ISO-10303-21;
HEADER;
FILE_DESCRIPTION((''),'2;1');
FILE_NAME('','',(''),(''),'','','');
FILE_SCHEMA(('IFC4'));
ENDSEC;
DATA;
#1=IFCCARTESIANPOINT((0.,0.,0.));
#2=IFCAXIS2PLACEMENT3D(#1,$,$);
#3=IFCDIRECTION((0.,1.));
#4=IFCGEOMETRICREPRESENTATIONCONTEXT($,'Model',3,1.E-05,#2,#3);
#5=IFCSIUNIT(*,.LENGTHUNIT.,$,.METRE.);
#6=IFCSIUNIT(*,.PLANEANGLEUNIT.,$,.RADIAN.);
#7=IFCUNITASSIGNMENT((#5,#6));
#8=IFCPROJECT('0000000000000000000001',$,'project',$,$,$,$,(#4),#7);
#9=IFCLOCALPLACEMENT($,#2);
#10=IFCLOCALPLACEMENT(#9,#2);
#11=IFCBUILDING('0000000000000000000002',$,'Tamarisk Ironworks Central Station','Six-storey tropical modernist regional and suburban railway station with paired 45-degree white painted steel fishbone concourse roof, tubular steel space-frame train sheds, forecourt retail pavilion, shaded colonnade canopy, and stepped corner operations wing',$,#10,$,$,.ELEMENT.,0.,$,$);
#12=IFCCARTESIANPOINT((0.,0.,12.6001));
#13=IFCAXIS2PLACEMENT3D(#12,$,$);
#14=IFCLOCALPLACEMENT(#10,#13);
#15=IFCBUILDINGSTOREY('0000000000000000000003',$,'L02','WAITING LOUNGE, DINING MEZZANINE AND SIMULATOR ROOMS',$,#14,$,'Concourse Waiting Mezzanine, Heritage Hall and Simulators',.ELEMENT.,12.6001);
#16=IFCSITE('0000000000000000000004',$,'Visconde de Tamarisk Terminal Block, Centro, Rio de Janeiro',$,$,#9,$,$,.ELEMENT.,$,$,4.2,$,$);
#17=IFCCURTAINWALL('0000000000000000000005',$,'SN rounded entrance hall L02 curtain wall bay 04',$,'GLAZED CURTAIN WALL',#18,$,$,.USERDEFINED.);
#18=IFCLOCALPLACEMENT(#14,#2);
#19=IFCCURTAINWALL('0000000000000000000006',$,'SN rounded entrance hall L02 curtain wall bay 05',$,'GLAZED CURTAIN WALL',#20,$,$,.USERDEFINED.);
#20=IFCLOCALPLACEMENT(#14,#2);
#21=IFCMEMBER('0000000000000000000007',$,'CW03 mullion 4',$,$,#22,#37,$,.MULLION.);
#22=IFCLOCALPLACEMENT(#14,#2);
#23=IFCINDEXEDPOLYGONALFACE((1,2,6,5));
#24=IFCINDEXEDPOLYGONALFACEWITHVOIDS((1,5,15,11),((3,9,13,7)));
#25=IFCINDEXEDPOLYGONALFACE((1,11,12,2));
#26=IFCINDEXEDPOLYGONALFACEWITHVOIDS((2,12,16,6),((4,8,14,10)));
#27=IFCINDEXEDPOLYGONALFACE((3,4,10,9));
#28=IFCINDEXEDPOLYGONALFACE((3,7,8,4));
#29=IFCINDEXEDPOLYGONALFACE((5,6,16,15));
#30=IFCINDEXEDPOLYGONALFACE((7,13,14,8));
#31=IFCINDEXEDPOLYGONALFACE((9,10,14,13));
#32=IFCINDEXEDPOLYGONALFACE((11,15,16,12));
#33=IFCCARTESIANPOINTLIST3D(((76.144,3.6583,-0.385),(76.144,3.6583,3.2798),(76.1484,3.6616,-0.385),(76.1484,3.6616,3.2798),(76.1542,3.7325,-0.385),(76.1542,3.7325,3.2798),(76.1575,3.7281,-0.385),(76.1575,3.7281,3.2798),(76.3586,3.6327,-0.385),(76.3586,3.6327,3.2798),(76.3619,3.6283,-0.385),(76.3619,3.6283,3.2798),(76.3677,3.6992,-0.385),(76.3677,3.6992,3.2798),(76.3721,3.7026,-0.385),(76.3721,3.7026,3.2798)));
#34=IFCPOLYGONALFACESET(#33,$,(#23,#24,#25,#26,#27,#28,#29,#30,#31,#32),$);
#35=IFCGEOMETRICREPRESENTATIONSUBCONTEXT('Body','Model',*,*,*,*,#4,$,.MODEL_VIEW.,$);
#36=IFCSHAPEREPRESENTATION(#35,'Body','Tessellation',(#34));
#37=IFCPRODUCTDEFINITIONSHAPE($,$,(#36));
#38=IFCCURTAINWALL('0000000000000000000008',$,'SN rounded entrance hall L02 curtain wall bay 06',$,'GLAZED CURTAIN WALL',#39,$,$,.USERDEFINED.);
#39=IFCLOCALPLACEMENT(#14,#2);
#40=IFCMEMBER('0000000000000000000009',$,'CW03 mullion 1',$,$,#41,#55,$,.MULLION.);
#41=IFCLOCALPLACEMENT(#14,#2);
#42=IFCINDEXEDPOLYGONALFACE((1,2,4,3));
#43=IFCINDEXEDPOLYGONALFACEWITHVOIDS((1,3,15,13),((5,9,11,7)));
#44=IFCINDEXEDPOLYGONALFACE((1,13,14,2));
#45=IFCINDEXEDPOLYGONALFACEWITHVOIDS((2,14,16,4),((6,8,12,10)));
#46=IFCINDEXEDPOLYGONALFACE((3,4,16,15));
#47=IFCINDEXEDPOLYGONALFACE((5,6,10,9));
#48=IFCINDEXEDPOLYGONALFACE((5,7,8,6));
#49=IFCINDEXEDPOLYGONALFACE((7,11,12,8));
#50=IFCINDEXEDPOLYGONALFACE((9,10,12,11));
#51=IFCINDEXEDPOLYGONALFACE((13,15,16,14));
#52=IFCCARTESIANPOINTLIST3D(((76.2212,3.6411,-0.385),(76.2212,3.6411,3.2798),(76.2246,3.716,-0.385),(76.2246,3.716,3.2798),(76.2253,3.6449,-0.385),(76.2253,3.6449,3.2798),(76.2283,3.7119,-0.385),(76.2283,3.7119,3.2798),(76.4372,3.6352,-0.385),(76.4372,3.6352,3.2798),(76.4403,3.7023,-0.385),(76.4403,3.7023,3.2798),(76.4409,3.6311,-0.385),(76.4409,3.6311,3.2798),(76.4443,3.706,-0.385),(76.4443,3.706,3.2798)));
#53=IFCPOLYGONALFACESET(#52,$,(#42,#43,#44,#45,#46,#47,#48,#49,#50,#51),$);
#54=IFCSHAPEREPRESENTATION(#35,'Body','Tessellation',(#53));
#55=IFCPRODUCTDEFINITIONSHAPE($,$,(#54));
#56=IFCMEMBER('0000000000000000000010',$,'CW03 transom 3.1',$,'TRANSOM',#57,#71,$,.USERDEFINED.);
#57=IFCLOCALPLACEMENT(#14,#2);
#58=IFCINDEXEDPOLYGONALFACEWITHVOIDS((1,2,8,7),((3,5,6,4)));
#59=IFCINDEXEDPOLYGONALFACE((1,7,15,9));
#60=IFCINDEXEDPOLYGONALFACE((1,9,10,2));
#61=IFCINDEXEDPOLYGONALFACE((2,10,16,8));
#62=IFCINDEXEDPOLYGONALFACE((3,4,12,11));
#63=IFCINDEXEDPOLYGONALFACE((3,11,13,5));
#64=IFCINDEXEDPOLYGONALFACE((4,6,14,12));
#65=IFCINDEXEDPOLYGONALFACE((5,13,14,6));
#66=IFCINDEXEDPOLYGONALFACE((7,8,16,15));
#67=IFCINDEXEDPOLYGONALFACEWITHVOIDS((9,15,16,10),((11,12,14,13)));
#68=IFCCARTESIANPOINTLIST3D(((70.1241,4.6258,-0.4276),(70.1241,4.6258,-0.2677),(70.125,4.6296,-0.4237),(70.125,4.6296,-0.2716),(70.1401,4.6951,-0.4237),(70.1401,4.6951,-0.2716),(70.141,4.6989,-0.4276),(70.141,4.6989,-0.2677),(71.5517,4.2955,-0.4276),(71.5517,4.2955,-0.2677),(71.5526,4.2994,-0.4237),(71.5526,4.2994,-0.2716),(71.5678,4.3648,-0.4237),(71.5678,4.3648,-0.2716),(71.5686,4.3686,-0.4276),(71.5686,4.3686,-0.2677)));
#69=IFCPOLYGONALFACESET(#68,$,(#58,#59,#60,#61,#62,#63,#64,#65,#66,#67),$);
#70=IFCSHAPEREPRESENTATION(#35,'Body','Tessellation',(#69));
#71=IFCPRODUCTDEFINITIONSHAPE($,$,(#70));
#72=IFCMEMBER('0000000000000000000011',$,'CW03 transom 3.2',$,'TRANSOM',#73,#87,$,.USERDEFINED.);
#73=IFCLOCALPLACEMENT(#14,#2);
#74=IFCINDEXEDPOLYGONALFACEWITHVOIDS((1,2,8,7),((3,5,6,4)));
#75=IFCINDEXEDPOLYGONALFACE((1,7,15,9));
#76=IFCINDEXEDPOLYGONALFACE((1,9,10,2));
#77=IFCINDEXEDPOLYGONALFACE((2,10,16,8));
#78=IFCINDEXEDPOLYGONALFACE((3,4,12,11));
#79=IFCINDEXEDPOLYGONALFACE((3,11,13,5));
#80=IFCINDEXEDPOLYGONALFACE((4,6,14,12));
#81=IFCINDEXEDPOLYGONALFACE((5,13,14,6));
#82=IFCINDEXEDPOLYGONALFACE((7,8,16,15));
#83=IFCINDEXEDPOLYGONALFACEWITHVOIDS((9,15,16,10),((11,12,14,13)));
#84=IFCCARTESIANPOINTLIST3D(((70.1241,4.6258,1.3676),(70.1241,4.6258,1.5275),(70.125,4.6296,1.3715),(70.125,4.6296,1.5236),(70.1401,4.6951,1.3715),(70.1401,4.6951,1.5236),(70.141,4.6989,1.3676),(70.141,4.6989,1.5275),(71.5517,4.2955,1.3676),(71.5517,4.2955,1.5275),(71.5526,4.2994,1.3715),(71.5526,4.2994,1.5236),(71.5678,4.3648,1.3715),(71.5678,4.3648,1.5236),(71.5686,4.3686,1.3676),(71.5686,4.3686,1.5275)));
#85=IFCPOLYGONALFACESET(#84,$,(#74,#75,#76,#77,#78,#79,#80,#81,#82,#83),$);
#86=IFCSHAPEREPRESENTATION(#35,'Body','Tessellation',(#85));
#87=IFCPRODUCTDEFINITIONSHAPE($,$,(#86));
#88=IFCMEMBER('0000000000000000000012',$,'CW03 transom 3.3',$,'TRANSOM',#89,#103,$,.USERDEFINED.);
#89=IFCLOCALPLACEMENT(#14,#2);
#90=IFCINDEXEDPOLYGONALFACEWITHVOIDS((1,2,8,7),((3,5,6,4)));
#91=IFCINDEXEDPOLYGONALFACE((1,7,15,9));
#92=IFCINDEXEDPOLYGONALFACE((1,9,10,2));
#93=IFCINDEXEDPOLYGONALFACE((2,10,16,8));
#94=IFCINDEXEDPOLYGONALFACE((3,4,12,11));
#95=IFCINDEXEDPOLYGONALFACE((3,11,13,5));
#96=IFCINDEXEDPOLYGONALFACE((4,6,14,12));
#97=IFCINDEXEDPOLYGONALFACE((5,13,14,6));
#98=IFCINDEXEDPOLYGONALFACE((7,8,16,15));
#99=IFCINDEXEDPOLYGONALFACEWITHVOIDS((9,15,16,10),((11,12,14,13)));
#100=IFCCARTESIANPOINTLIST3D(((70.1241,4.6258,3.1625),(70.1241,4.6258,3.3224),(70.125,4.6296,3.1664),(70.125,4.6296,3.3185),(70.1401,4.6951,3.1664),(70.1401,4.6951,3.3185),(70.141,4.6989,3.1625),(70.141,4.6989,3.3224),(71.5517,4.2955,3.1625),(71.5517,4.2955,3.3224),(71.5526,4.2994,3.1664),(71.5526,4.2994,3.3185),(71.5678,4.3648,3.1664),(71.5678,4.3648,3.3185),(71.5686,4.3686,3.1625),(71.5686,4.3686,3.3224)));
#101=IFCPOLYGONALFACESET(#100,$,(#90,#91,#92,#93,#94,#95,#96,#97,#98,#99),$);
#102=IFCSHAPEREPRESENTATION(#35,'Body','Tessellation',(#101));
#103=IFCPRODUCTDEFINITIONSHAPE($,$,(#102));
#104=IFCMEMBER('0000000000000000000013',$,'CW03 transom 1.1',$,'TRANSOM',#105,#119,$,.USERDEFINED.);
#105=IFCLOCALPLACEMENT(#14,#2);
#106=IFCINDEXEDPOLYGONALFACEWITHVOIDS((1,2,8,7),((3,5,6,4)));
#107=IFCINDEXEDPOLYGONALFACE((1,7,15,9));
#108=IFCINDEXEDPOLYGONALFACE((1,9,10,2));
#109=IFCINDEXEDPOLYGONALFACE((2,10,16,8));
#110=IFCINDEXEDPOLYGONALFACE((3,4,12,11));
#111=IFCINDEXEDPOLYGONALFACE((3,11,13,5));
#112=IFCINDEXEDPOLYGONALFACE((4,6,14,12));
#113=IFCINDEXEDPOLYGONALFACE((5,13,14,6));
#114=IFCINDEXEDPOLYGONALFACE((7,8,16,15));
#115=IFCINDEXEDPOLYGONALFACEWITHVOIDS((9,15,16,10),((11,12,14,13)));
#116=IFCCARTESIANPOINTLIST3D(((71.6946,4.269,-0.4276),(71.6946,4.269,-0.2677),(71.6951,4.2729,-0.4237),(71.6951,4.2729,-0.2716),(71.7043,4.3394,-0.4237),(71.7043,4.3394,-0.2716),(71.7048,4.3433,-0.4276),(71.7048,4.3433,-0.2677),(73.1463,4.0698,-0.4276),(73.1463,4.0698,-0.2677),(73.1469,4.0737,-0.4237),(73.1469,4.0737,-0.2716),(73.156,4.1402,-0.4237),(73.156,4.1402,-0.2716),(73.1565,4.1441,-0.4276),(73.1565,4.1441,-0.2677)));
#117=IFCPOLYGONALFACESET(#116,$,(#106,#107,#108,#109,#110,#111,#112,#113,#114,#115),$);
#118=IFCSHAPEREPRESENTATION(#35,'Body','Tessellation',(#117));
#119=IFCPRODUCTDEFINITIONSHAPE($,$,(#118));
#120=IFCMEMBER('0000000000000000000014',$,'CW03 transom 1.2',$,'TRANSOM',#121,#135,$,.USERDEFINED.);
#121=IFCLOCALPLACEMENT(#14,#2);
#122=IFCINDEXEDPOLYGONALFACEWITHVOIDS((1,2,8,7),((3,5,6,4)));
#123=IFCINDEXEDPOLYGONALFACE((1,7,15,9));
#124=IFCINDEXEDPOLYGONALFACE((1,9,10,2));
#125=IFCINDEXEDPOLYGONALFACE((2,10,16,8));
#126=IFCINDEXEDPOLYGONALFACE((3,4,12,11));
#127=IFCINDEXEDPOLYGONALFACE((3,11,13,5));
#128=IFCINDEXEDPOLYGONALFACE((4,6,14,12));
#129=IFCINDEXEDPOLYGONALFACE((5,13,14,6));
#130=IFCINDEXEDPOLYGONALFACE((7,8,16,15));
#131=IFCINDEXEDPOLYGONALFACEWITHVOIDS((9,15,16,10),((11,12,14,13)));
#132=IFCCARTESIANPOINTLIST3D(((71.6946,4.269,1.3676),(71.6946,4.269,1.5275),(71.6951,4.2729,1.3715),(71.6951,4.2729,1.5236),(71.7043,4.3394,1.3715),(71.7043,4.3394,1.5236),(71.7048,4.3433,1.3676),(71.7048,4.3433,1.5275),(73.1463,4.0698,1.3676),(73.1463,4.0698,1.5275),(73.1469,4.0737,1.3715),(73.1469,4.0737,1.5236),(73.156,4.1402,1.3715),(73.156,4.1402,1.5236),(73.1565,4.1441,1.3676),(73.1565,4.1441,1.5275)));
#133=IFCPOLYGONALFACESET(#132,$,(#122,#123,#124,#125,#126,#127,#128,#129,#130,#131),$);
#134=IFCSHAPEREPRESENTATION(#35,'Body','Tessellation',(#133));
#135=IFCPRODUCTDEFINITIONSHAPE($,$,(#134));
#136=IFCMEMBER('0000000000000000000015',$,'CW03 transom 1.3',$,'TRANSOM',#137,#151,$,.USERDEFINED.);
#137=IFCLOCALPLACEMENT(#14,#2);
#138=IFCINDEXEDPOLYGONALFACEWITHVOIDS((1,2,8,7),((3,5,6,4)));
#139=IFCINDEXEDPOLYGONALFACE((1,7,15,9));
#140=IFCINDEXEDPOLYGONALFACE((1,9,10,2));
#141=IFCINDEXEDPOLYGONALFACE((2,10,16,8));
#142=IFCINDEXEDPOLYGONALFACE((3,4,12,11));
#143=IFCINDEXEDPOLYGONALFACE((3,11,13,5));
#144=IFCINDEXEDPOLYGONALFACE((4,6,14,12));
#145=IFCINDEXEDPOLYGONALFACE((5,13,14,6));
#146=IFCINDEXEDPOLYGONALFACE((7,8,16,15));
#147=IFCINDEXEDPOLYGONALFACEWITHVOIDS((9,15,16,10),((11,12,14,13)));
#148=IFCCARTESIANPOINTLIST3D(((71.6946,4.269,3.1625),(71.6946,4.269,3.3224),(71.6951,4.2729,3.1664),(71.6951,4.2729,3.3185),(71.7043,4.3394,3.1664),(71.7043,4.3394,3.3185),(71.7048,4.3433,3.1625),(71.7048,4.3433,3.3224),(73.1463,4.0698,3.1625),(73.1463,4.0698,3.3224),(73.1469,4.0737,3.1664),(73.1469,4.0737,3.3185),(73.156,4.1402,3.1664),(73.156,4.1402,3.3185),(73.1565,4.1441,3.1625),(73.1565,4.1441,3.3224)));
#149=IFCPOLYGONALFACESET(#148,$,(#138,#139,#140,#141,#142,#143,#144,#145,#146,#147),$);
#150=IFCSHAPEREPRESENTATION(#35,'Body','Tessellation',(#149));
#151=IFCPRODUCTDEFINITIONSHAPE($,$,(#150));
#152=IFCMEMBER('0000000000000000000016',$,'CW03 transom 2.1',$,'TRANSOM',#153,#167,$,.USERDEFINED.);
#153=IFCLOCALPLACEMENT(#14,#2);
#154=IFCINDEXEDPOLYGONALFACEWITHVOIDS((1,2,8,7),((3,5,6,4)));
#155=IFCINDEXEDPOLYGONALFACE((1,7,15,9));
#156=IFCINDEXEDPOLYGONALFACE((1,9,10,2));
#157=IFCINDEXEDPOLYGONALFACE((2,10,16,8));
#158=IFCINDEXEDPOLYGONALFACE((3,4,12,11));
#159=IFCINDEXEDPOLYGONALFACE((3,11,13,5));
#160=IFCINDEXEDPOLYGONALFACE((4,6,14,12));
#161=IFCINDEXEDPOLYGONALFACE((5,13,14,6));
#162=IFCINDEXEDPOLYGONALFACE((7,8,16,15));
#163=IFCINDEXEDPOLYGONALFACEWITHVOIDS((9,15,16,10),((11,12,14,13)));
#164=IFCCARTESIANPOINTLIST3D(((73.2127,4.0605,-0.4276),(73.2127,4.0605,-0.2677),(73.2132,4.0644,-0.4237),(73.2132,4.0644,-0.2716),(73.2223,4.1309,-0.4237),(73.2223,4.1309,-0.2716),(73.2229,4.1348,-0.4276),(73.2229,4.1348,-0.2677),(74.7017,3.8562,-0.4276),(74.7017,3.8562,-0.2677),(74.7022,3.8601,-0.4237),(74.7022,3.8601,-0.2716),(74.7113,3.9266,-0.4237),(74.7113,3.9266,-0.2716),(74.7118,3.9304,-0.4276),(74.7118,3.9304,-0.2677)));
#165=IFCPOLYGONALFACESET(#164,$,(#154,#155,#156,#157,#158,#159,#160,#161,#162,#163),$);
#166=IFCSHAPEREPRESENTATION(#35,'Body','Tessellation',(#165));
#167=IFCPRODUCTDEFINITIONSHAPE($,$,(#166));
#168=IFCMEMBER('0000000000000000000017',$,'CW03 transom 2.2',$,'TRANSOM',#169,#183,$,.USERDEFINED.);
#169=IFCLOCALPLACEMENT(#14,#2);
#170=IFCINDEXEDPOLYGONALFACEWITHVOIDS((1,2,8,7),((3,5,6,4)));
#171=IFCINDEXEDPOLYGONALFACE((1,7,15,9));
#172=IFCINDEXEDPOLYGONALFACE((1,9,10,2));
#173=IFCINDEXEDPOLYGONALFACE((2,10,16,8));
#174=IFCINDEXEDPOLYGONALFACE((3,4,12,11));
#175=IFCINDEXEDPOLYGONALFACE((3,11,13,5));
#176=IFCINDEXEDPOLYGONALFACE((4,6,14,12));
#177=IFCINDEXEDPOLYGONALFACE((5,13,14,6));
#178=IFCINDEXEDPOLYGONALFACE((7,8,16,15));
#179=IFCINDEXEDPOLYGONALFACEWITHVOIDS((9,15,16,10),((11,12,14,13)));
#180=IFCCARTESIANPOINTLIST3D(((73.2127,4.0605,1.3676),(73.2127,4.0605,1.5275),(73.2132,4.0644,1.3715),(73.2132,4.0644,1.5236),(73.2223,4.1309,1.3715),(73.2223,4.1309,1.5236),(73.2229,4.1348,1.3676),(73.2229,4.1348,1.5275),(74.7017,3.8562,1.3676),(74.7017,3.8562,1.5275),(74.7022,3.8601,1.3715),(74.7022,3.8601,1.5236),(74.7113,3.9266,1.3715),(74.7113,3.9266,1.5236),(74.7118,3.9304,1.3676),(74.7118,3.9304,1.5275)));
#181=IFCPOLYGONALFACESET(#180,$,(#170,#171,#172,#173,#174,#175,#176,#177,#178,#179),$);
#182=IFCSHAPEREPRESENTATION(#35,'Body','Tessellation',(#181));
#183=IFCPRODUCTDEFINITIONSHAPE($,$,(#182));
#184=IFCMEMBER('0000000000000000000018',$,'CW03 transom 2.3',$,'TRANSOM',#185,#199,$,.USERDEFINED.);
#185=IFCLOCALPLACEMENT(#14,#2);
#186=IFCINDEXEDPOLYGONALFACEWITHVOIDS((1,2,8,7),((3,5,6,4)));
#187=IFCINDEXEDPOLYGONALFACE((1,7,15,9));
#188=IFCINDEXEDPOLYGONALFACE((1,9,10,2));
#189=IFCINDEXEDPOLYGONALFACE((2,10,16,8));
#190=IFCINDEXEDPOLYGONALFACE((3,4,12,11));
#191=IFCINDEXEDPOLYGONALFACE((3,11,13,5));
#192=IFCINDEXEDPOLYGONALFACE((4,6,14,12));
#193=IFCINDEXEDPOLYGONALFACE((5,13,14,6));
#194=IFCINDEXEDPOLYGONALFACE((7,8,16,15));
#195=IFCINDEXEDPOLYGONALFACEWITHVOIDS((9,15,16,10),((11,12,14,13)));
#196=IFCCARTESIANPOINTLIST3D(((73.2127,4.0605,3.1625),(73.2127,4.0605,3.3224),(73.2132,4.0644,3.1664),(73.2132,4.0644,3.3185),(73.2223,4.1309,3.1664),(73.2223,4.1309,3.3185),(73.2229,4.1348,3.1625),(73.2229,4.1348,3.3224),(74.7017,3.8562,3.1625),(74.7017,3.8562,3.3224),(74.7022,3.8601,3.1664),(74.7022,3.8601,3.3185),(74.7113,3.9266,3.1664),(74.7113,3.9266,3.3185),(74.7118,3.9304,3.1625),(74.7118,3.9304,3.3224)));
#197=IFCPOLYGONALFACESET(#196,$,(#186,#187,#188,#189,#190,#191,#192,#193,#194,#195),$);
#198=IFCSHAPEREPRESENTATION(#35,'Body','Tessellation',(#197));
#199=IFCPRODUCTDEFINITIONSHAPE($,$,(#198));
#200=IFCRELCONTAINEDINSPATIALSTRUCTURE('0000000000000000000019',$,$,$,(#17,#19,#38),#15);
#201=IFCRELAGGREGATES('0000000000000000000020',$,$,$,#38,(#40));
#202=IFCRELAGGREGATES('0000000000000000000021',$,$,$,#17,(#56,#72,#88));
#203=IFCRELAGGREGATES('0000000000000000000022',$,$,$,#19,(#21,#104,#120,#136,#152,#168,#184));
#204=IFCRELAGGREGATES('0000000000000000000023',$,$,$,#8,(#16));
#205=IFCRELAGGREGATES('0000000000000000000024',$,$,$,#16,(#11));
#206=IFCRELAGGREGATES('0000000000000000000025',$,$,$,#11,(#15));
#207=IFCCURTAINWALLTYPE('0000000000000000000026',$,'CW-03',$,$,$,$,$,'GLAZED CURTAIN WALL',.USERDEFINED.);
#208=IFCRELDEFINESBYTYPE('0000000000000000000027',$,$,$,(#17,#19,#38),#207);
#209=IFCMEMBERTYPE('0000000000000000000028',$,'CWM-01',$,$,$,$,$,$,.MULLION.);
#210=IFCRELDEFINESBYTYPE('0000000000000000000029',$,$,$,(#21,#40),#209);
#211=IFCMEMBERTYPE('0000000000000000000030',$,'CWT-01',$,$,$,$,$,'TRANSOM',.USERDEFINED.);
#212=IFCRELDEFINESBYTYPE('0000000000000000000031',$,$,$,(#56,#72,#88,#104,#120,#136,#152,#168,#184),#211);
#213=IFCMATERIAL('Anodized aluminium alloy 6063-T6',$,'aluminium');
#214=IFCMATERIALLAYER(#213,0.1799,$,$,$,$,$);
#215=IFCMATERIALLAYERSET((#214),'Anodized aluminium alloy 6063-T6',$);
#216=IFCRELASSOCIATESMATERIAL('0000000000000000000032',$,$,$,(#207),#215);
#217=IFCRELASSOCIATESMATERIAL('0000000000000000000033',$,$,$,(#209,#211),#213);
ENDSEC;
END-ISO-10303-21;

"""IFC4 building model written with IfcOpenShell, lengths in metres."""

from ifc_helpers import new_model, si_unit, direction, frame, origin, origin_2d, place, context, subcontext, project, spatial, hollow_rectangle, extrude, material, layer, layer_set, material_profile, profile_set, type_object, element, aggregate, save


model = new_model("IFC4")

# Units and contexts
model_context = context("Model", 3, precision=1e-05, world=origin(), true_north=direction((0.0, 1.0)))
body_context = subcontext(model_context, "Body", "Model", "MODEL_VIEW")
ifc_project = project(units=[si_unit("LENGTHUNIT", "METRE"), si_unit("PLANEANGLEUNIT", "RADIAN")], contexts=[model_context])

# Site, building, storey
site_placement = place(None, origin())
site = spatial("IfcSite", under=ifc_project, at=site_placement, Name="Visconde de Tamarisk Terminal Block, Centro, Rio de Janeiro", CompositionType="ELEMENT", RefElevation=4.2)
building_placement = place(site_placement, origin())
building = spatial("IfcBuilding", under=site, at=building_placement, Name="Tamarisk Ironworks Central Station", Description="Six-storey tropical modernist regional and suburban railway station with paired 45-degree white painted steel fishbone concourse roof, tubular steel space-frame train sheds, forecourt retail pavilion, shaded colonnade canopy, and stepped corner operations wing", CompositionType="ELEMENT", ElevationOfRefHeight=0.0)
storey_placement = place(building_placement, frame((0.0, 0.0, 12.6001)))
storey = spatial("IfcBuildingStorey", under=building, at=storey_placement, Name="L02", Description="WAITING LOUNGE, DINING MEZZANINE AND SIMULATOR ROOMS", LongName="Concourse Waiting Mezzanine, Heritage Hall and Simulators", CompositionType="ELEMENT", Elevation=12.6001)

# Curtain walls, member
ifc_material_1 = material(Name="Anodized aluminium alloy 6063-T6", Category="aluminium")
ifc_layer_1 = layer(ifc_material_1, 0.1799)
ifc_layer_set_1 = layer_set([ifc_layer_1], Name="Anodized aluminium alloy 6063-T6")
curtain_wall_type = type_object("IfcCurtainWallType", Name="CW-03", ElementType="GLAZED CURTAIN WALL", PredefinedType="USERDEFINED", material=ifc_layer_set_1)
curtain_wall_1_placement = place(storey_placement, origin())
curtain_wall_1 = element("IfcCurtainWall", 1, at=curtain_wall_1_placement, inside=storey, type_object=curtain_wall_type, Name="SN rounded entrance hall L02 curtain wall bay 04", ObjectType="GLAZED CURTAIN WALL", PredefinedType="USERDEFINED")
ifc_material_profile_1 = material_profile(ifc_material_1, hollow_rectangle(XDim=0.075, YDim=0.22, WallThickness=0.0039, at=origin_2d()), Name="ALUM 220x75")
ifc_profile_set_1 = profile_set([ifc_material_profile_1], Name="Anodized aluminium alloy 6063-T6")
member_type_1 = type_object("IfcMemberType", Name="CWM-01", PredefinedType="MULLION", material=ifc_profile_set_1)
curtain_wall_2_placement = place(storey_placement, origin())
curtain_wall_2 = element("IfcCurtainWall", 2, at=curtain_wall_2_placement, inside=storey, type_object=curtain_wall_type, Name="SN rounded entrance hall L02 curtain wall bay 05", ObjectType="GLAZED CURTAIN WALL", PredefinedType="USERDEFINED")
member_1_placement = place(storey_placement, frame((76.2581, 3.6804, -0.385), z_axis=(0.0, 0.0, 1.0), x_axis=(0.136042, 0.990703, 0.0)))
member_1 = element("IfcMember", 3, at=member_1_placement, type_object=member_type_1, Name="CW03 mullion 4", PredefinedType="MULLION", context=body_context, shape_type="SweptSolid", body=[
    extrude(hollow_rectangle(XDim=0.075, YDim=0.22, WallThickness=0.0039, at=origin_2d()), origin(), (0.0, 0.0, 1.0), 3.6648),
])

# Curtain wall, member
curtain_wall_3_placement = place(storey_placement, origin())
curtain_wall_3 = element("IfcCurtainWall", 4, at=curtain_wall_3_placement, inside=storey, type_object=curtain_wall_type, Name="SN rounded entrance hall L02 curtain wall bay 06", ObjectType="GLAZED CURTAIN WALL", PredefinedType="USERDEFINED")
member_2_placement = place(storey_placement, frame((76.3328, 3.6736, -0.385), z_axis=(0.0, 0.0, 1.0), x_axis=(0.045481, 0.998965, 0.0)))
member_2 = element("IfcMember", 5, at=member_2_placement, type_object=member_type_1, Name="CW03 mullion 1", PredefinedType="MULLION", context=body_context, shape_type="SweptSolid", body=[
    extrude(hollow_rectangle(XDim=0.075, YDim=0.22, WallThickness=0.0039, at=origin_2d()), origin(), (0.0, 0.0, 1.0), 3.6648),
])
aggregate(curtain_wall_3, [member_2])

# Members
ifc_material_profile_2 = material_profile(ifc_material_1, hollow_rectangle(XDim=0.075, YDim=0.1599, WallThickness=0.0039, at=origin_2d()), Name="ALUM 160x75")
ifc_profile_set_2 = profile_set([ifc_material_profile_2], Name="Anodized aluminium alloy 6063-T6")
member_type_2 = type_object("IfcMemberType", Name="CWT-01", ElementType="TRANSOM", PredefinedType="USERDEFINED", material=ifc_profile_set_2)
member_3_placement = place(storey_placement, frame((70.1326, 4.6624, -0.3477), z_axis=(0.974265, -0.225407, 0.0), x_axis=(0.225407, 0.974265, 0.0)))
member_3 = element("IfcMember", 6, at=member_3_placement, type_object=member_type_2, Name="CW03 transom 3.1", ObjectType="TRANSOM", PredefinedType="USERDEFINED", context=body_context, shape_type="SweptSolid", body=[
    extrude(hollow_rectangle(XDim=0.075, YDim=0.1599, WallThickness=0.0039, at=origin_2d()), origin(), (0.0, 0.0, 1.0), 1.4653),
])
member_4_placement = place(storey_placement, frame((70.1326, 4.6624, 1.4475), z_axis=(0.974265, -0.225407, 0.0), x_axis=(0.225407, 0.974265, 0.0)))
member_4 = element("IfcMember", 7, at=member_4_placement, type_object=member_type_2, Name="CW03 transom 3.2", ObjectType="TRANSOM", PredefinedType="USERDEFINED", context=body_context, shape_type="SweptSolid", body=[
    extrude(hollow_rectangle(XDim=0.075, YDim=0.1599, WallThickness=0.0039, at=origin_2d()), origin(), (0.0, 0.0, 1.0), 1.4653),
])
member_5_placement = place(storey_placement, frame((70.1326, 4.6624, 3.2424), z_axis=(0.974265, -0.225407, 0.0), x_axis=(0.225407, 0.974265, 0.0)))
member_5 = element("IfcMember", 8, at=member_5_placement, type_object=member_type_2, Name="CW03 transom 3.3", ObjectType="TRANSOM", PredefinedType="USERDEFINED", context=body_context, shape_type="SweptSolid", body=[
    extrude(hollow_rectangle(XDim=0.075, YDim=0.1599, WallThickness=0.0039, at=origin_2d()), origin(), (0.0, 0.0, 1.0), 1.4653),
])
member_6_placement = place(storey_placement, frame((71.6997, 4.3062, -0.3477), z_axis=(0.990714, -0.135961, 0.0), x_axis=(0.135961, 0.990714, 0.0)))
member_6 = element("IfcMember", 9, at=member_6_placement, type_object=member_type_2, Name="CW03 transom 1.1", ObjectType="TRANSOM", PredefinedType="USERDEFINED", context=body_context, shape_type="SweptSolid", body=[
    extrude(hollow_rectangle(XDim=0.075, YDim=0.1599, WallThickness=0.0039, at=origin_2d()), origin(), (0.0, 0.0, 1.0), 1.4653),
])
member_7_placement = place(storey_placement, frame((71.6997, 4.3062, 1.4475), z_axis=(0.990714, -0.135961, 0.0), x_axis=(0.135961, 0.990714, 0.0)))
member_7 = element("IfcMember", 10, at=member_7_placement, type_object=member_type_2, Name="CW03 transom 1.2", ObjectType="TRANSOM", PredefinedType="USERDEFINED", context=body_context, shape_type="SweptSolid", body=[
    extrude(hollow_rectangle(XDim=0.075, YDim=0.1599, WallThickness=0.0039, at=origin_2d()), origin(), (0.0, 0.0, 1.0), 1.4653),
])
member_8_placement = place(storey_placement, frame((71.6997, 4.3062, 3.2424), z_axis=(0.990714, -0.135961, 0.0), x_axis=(0.135961, 0.990714, 0.0)))
member_8 = element("IfcMember", 11, at=member_8_placement, type_object=member_type_2, Name="CW03 transom 1.3", ObjectType="TRANSOM", PredefinedType="USERDEFINED", context=body_context, shape_type="SweptSolid", body=[
    extrude(hollow_rectangle(XDim=0.075, YDim=0.1599, WallThickness=0.0039, at=origin_2d()), origin(), (0.0, 0.0, 1.0), 1.4653),
])
member_9_placement = place(storey_placement, frame((73.2178, 4.0977, -0.3477), z_axis=(0.990714, -0.135961, 0.0), x_axis=(0.135961, 0.990714, 0.0)))
member_9 = element("IfcMember", 12, at=member_9_placement, type_object=member_type_2, Name="CW03 transom 2.1", ObjectType="TRANSOM", PredefinedType="USERDEFINED", context=body_context, shape_type="SweptSolid", body=[
    extrude(hollow_rectangle(XDim=0.075, YDim=0.1599, WallThickness=0.0039, at=origin_2d()), origin(), (0.0, 0.0, 1.0), 1.5029),
])
member_10_placement = place(storey_placement, frame((73.2178, 4.0977, 1.4475), z_axis=(0.990714, -0.135961, 0.0), x_axis=(0.135961, 0.990714, 0.0)))
member_10 = element("IfcMember", 13, at=member_10_placement, type_object=member_type_2, Name="CW03 transom 2.2", ObjectType="TRANSOM", PredefinedType="USERDEFINED", context=body_context, shape_type="SweptSolid", body=[
    extrude(hollow_rectangle(XDim=0.075, YDim=0.1599, WallThickness=0.0039, at=origin_2d()), origin(), (0.0, 0.0, 1.0), 1.5029),
])
member_11_placement = place(storey_placement, frame((73.2178, 4.0977, 3.2424), z_axis=(0.990714, -0.135961, 0.0), x_axis=(0.135961, 0.990714, 0.0)))
member_11 = element("IfcMember", 14, at=member_11_placement, type_object=member_type_2, Name="CW03 transom 2.3", ObjectType="TRANSOM", PredefinedType="USERDEFINED", context=body_context, shape_type="SweptSolid", body=[
    extrude(hollow_rectangle(XDim=0.075, YDim=0.1599, WallThickness=0.0039, at=origin_2d()), origin(), (0.0, 0.0, 1.0), 1.5029),
])

aggregate(curtain_wall_1, [member_3, member_4, member_5])
aggregate(curtain_wall_2, [member_1, member_6, member_7, member_8, member_9, member_10, member_11])

save(model, "model.ifc")
